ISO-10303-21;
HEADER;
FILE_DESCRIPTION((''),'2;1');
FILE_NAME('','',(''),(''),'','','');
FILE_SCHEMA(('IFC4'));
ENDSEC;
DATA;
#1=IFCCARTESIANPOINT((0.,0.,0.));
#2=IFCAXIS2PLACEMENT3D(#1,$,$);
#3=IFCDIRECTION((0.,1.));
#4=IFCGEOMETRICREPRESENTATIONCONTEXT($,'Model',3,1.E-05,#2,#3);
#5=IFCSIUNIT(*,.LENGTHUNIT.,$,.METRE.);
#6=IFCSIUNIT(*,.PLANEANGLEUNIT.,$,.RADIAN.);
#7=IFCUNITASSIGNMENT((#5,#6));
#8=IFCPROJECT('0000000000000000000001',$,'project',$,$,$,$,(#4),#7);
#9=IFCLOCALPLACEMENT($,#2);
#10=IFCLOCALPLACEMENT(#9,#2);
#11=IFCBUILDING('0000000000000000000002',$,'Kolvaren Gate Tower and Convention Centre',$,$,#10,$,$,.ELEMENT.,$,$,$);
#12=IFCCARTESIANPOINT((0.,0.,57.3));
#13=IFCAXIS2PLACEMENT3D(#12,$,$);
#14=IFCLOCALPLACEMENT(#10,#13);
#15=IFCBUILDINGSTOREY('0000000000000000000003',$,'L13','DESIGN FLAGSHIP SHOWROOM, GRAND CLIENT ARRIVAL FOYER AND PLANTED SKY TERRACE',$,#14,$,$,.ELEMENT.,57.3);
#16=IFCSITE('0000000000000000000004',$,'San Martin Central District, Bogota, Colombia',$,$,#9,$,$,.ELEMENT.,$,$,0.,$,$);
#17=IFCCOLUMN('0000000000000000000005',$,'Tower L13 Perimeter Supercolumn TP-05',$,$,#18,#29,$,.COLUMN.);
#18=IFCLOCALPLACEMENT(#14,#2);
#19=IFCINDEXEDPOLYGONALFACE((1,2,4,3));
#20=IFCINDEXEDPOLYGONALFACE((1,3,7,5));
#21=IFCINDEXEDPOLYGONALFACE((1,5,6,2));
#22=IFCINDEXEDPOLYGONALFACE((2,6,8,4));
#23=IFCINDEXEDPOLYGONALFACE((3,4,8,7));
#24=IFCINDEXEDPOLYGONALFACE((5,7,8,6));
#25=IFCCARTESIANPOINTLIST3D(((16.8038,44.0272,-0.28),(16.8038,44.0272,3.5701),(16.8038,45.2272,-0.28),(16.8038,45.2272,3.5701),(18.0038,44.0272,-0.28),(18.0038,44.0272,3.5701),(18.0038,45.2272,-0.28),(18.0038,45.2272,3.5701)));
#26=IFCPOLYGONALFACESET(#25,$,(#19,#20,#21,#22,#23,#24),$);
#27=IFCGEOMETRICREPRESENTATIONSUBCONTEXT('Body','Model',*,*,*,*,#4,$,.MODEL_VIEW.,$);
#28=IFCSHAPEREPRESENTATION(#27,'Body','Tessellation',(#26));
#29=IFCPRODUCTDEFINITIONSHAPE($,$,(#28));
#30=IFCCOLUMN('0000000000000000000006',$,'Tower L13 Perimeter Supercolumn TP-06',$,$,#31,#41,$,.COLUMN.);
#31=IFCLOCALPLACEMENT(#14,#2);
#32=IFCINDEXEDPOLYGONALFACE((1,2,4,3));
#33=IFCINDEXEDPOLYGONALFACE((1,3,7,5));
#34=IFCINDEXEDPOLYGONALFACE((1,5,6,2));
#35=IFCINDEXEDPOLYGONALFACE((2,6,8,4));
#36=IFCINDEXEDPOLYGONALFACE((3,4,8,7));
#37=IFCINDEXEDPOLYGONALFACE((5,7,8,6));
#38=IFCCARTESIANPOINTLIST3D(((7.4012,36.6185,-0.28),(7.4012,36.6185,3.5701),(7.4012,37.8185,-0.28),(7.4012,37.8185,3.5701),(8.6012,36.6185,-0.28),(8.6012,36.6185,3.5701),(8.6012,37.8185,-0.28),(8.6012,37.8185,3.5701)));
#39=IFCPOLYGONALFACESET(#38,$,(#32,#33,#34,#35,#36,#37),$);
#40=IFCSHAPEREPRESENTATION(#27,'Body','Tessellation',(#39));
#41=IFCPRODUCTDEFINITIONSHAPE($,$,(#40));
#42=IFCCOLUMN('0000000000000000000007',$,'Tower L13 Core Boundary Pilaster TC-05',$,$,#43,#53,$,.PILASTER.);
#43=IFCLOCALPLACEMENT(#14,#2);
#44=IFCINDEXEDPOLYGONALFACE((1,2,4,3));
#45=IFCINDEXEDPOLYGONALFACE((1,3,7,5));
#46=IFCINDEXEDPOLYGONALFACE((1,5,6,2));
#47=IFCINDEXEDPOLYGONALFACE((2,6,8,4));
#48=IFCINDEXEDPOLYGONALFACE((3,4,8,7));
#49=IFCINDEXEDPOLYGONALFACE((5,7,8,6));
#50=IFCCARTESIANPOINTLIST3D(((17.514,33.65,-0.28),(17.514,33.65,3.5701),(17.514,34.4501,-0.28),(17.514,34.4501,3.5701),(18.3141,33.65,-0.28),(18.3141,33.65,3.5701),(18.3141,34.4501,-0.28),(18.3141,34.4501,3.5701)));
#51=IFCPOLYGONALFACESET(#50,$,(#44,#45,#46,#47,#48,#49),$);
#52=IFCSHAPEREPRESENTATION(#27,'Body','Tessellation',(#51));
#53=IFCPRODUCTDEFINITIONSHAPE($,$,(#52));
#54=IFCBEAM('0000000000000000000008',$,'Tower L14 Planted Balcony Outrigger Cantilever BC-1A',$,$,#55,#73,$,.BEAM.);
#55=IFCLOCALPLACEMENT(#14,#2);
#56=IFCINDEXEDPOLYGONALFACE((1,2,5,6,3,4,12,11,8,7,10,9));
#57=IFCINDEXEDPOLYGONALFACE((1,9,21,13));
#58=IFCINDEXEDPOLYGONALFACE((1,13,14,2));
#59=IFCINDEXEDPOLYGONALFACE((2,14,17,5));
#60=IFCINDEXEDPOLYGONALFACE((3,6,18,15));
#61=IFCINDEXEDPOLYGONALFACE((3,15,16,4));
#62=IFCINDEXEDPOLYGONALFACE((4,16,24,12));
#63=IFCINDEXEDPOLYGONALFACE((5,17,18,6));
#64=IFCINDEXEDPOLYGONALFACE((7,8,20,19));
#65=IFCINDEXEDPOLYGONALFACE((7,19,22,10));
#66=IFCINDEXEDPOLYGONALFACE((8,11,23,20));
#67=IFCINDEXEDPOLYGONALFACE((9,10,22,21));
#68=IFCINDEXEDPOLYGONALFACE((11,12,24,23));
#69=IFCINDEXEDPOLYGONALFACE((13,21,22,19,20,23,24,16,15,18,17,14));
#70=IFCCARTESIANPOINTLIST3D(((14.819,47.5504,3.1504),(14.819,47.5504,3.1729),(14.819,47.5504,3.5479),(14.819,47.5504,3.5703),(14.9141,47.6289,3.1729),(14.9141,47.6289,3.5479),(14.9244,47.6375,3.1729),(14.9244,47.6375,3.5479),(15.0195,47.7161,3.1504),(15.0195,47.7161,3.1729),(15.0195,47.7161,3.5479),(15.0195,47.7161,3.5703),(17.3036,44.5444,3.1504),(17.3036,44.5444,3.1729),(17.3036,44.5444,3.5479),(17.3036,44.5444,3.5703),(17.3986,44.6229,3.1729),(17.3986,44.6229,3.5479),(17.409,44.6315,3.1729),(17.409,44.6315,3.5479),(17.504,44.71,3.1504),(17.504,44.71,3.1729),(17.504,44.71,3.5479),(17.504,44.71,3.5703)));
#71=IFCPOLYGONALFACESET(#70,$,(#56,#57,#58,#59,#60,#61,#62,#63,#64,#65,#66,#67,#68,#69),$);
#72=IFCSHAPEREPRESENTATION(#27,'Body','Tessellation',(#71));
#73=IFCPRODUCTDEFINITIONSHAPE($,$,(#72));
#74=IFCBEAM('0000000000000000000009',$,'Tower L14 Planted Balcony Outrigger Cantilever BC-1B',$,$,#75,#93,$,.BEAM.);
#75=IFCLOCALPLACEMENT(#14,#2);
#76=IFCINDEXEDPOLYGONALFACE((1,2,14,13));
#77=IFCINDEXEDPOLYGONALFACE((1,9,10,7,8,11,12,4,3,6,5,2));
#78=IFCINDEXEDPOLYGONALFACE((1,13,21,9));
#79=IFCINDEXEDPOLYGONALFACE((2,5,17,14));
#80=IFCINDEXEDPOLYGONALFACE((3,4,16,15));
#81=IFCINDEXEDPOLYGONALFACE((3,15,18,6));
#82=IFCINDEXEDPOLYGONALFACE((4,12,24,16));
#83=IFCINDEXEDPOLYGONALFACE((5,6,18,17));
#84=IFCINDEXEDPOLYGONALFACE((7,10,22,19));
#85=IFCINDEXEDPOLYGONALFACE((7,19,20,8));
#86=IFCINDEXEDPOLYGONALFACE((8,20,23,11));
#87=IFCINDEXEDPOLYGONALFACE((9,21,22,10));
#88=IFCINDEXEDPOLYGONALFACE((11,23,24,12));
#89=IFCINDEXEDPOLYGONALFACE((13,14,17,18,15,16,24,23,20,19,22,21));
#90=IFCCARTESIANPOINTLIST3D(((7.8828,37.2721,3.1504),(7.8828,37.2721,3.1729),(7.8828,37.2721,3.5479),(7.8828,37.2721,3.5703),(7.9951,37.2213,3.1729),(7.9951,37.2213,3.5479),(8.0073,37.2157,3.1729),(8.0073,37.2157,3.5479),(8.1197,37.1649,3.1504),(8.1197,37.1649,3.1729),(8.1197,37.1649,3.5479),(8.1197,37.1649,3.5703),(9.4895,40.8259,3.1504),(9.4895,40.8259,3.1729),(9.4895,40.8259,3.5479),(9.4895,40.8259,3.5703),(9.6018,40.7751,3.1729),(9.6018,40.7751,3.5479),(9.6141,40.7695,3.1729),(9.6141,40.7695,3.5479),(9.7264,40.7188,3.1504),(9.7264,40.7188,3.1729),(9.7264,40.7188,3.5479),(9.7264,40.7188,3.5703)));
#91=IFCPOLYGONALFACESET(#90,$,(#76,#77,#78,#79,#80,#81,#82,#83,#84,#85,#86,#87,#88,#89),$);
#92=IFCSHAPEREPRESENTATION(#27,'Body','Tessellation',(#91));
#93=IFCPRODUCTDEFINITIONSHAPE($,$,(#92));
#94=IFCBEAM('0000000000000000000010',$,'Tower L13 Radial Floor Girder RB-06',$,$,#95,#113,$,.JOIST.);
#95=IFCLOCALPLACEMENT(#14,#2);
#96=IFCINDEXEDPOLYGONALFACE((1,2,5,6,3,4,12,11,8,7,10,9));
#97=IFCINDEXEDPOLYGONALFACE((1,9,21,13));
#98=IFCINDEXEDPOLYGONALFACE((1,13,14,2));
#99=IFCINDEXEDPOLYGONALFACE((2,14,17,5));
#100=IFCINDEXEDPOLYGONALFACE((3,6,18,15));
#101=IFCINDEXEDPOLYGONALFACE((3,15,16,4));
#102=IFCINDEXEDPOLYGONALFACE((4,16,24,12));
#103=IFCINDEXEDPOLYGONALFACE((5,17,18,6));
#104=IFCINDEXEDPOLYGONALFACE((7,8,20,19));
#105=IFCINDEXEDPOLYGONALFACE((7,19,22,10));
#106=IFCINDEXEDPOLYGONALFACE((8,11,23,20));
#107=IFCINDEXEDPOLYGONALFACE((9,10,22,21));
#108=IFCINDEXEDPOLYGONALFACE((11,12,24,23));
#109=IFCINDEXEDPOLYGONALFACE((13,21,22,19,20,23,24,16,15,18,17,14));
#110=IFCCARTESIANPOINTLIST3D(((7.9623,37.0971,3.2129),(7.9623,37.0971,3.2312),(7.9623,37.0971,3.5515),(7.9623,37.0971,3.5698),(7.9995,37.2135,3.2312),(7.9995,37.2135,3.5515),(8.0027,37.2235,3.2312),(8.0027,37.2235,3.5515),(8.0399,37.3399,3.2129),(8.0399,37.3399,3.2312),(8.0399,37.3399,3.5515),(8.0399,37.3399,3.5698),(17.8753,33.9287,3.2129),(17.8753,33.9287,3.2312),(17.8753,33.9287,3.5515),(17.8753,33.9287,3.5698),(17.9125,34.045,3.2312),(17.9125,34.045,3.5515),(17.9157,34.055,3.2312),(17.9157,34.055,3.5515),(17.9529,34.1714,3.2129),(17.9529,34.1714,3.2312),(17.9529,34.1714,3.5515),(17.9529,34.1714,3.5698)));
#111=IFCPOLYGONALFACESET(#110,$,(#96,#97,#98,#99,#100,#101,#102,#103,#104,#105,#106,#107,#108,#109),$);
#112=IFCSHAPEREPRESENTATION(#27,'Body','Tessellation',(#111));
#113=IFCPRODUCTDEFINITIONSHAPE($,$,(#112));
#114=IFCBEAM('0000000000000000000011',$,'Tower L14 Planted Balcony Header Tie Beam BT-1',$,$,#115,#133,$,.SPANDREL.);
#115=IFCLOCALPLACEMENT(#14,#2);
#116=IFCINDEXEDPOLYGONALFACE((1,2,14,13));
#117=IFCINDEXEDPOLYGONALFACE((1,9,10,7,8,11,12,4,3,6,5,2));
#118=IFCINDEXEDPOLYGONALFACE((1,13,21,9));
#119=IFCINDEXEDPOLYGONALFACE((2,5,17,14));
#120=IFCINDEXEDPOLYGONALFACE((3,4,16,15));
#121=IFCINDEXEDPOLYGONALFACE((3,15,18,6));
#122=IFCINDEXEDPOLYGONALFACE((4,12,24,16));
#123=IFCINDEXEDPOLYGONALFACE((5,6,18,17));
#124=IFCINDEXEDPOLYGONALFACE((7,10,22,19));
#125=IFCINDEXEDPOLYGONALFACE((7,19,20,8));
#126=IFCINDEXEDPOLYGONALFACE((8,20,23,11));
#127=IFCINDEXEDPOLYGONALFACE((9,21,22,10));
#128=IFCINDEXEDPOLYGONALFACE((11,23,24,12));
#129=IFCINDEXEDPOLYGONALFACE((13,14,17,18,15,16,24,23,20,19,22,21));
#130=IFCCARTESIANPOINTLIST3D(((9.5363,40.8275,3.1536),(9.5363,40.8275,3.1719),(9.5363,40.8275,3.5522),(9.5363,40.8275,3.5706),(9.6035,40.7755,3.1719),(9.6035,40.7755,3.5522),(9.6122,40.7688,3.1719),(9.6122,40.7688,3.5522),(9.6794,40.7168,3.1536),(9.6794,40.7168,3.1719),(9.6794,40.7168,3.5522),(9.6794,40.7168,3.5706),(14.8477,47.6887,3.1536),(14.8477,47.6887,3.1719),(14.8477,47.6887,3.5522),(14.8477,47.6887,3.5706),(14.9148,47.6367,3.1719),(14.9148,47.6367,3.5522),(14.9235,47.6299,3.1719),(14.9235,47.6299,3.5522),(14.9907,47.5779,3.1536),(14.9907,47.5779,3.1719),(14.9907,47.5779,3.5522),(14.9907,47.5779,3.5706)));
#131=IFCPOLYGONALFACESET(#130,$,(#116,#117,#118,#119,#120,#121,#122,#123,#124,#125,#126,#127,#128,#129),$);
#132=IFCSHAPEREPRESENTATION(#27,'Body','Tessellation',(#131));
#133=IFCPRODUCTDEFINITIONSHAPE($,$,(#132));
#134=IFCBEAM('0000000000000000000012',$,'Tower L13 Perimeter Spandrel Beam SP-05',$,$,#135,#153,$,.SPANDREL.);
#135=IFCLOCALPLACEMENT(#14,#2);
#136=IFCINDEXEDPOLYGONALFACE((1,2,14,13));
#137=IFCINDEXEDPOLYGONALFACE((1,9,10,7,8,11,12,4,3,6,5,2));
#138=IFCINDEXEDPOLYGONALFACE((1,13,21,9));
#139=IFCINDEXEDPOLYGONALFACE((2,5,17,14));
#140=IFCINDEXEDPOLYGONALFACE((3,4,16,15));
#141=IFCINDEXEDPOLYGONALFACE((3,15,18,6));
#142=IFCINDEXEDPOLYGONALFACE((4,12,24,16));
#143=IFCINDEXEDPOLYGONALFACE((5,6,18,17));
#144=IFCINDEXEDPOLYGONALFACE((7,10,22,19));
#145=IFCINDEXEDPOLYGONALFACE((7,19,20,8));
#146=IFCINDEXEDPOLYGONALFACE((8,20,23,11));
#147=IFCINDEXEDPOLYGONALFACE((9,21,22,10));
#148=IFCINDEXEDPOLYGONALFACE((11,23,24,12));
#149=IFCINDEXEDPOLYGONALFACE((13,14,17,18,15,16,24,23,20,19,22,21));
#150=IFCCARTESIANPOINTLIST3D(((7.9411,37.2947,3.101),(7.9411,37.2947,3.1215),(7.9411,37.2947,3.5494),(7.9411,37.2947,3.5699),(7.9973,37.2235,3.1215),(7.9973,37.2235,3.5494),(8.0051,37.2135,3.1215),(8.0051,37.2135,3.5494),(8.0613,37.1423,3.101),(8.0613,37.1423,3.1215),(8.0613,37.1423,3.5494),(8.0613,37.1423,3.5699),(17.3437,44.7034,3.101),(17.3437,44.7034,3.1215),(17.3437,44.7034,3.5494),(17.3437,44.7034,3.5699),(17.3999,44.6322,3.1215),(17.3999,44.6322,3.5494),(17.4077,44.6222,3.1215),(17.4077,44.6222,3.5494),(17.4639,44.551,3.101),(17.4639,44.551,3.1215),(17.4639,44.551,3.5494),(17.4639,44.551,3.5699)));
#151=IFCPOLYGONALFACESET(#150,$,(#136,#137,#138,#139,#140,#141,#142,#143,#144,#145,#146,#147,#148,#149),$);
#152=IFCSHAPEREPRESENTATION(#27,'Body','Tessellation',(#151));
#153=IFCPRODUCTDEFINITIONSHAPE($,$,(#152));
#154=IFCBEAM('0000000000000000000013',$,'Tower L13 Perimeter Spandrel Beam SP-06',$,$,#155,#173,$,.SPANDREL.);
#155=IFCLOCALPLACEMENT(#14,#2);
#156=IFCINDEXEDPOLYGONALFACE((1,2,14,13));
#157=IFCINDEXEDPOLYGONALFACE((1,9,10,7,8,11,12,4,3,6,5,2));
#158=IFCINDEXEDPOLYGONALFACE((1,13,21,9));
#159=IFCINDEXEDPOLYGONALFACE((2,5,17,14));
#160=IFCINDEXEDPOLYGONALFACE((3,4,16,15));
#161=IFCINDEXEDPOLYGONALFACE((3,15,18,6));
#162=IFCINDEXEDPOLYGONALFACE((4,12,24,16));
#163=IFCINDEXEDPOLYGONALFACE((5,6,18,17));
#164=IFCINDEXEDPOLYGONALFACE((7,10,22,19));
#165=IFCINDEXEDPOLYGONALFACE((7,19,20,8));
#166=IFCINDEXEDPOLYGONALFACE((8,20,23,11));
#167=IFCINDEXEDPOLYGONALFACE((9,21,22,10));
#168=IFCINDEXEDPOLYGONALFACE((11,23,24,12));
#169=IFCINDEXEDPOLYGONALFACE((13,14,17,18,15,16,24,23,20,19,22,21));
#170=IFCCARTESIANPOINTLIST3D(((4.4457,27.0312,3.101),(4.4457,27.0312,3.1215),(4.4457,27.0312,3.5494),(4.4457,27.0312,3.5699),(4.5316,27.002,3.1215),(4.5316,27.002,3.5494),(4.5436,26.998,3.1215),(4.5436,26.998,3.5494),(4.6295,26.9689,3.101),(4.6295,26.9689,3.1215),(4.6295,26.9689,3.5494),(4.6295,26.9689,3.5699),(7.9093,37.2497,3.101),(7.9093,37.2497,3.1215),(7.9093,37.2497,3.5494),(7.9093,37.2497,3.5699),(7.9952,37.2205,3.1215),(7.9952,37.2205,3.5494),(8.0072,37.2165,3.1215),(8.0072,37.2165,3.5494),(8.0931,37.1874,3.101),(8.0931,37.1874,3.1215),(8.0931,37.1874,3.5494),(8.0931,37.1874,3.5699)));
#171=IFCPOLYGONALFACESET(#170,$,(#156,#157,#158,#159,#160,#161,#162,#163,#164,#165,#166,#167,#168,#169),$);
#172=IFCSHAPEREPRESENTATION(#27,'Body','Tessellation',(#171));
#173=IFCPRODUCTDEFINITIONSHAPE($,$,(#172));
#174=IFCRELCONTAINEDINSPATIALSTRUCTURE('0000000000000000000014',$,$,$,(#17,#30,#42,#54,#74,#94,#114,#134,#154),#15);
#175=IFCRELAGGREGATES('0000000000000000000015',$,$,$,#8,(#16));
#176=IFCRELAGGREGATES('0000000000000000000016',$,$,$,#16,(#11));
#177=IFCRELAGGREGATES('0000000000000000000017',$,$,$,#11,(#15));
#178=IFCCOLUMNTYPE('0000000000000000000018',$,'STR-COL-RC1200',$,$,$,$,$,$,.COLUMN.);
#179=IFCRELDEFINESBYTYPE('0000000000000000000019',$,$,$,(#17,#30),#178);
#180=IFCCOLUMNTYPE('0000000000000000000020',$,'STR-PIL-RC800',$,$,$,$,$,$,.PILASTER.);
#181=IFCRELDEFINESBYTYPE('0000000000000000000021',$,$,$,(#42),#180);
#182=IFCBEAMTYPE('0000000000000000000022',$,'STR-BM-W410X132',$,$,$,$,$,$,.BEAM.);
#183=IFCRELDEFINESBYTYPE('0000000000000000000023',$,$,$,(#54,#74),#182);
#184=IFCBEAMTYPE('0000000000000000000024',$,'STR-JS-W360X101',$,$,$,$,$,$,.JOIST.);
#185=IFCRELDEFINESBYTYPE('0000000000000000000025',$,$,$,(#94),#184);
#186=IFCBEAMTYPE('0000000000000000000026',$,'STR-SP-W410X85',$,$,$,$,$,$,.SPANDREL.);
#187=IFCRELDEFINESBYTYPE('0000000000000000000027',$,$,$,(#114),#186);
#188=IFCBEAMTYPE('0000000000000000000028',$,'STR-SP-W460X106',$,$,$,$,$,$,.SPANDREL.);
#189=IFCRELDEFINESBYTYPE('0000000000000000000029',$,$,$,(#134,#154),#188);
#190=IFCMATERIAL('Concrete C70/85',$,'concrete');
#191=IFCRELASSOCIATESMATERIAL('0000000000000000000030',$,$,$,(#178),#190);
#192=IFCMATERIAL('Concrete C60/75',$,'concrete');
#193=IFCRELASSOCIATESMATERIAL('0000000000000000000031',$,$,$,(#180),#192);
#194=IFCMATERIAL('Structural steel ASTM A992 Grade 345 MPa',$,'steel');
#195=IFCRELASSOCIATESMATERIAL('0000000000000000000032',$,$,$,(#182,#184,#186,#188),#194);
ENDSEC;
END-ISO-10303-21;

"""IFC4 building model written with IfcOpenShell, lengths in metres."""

from ifc_helpers import new_model, si_unit, direction, frame, origin, origin_2d, place, context, subcontext, project, spatial, rectangle, i_section, extrude, material, material_profile, profile_set, type_object, element, save


model = new_model("IFC4")

# Units and contexts
model_context = context("Model", 3, precision=1e-05, world=origin(), true_north=direction((0.0, 1.0)))
body_context = subcontext(model_context, "Body", "Model", "MODEL_VIEW")
ifc_project = project(units=[si_unit("LENGTHUNIT", "METRE"), si_unit("PLANEANGLEUNIT", "RADIAN")], contexts=[model_context])

# Site, building, storey
site_placement = place(None, origin())
site = spatial("IfcSite", under=ifc_project, at=site_placement, Name="San Martin Central District, Bogota, Colombia", CompositionType="ELEMENT", RefElevation=0.0)
building_placement = place(site_placement, origin())
building = spatial("IfcBuilding", under=site, at=building_placement, Name="Kolvaren Gate Tower and Convention Centre", CompositionType="ELEMENT")
storey_placement = place(building_placement, frame((0.0, 0.0, 57.3)))
storey = spatial("IfcBuildingStorey", under=building, at=storey_placement, Name="L13", Description="DESIGN FLAGSHIP SHOWROOM, GRAND CLIENT ARRIVAL FOYER AND PLANTED SKY TERRACE", CompositionType="ELEMENT", Elevation=57.3)

# Columns
ifc_material_1 = material(Name="Concrete C70/85", Category="concrete")
ifc_material_profile_1 = material_profile(ifc_material_1, rectangle(XDim=1.2, YDim=1.2, at=origin_2d()), Name="RC-COL-1200X1200")
ifc_profile_set_1 = profile_set([ifc_material_profile_1], Name="Concrete C70/85")
column_type_1 = type_object("IfcColumnType", Name="STR-COL-RC1200", PredefinedType="COLUMN", material=ifc_profile_set_1)
for number, where, z_axis, x_axis, name in (
    (1, (17.4038, 44.6272, -0.28), (0.0, 0.0, 1.0), (1.0, 0.0, 0.0), "Tower L13 Perimeter Supercolumn TP-05"),
    (2, (8.0012, 37.2185, -0.28), (0.0, 0.0, 1.0), (1.0, 0.0, 0.0), "Tower L13 Perimeter Supercolumn TP-06"),
):
    element("IfcColumn", number, at=place(storey_placement, frame(where, z_axis=z_axis, x_axis=x_axis)), inside=storey, type_object=column_type_1, Name=name, PredefinedType="COLUMN", context=body_context, shape_type="SweptSolid", body=[
        extrude(rectangle(XDim=1.2, YDim=1.2, at=origin_2d()), origin(), (0.0, 0.0, 1.0), 3.8501),
    ])
ifc_material_2 = material(Name="Concrete C60/75", Category="concrete")
ifc_material_profile_2 = material_profile(ifc_material_2, rectangle(XDim=0.8, YDim=0.8, at=origin_2d()), Name="RC-COL-800X800")
ifc_profile_set_2 = profile_set([ifc_material_profile_2], Name="Concrete C60/75")
column_type_2 = type_object("IfcColumnType", Name="STR-PIL-RC800", PredefinedType="PILASTER", material=ifc_profile_set_2)
column_placement = place(storey_placement, frame((17.9141, 34.05, -0.28), z_axis=(0.0, 0.0, 1.0), x_axis=(1.0, 0.0, 0.0)))
element("IfcColumn", 3, at=column_placement, inside=storey, type_object=column_type_2, Name="Tower L13 Core Boundary Pilaster TC-05", PredefinedType="PILASTER", context=body_context, shape_type="SweptSolid", body=[
    extrude(rectangle(XDim=0.8, YDim=0.8, at=origin_2d()), origin(), (0.0, 0.0, 1.0), 3.8501),
])

# Beams
ifc_material_3 = material(Name="Structural steel ASTM A992 Grade 345 MPa", Category="steel")
ifc_material_profile_3 = material_profile(ifc_material_3, i_section(OverallWidth=0.26, OverallDepth=0.4199, WebThickness=0.0134, FlangeThickness=0.0225, at=origin_2d()), Name="W410X132")
ifc_profile_set_3 = profile_set([ifc_material_profile_3], Name="Structural steel ASTM A992 Grade 345 MPa")
beam_type_1 = type_object("IfcBeamType", Name="STR-BM-W410X132", PredefinedType="BEAM", material=ifc_profile_set_3)
beam_1_placement = place(storey_placement, frame((17.4038, 44.6272, 3.3604), z_axis=(-0.637082, 0.770796, 0.0), x_axis=(-0.770796, -0.637082, 0.0)))
element("IfcBeam", 4, at=beam_1_placement, inside=storey, type_object=beam_type_1, Name="Tower L14 Planted Balcony Outrigger Cantilever BC-1A", PredefinedType="BEAM", context=body_context, shape_type="SweptSolid", body=[
    extrude(i_section(OverallWidth=0.26, OverallDepth=0.4199, WebThickness=0.0134, FlangeThickness=0.0225, at=origin_2d()), origin(), (0.0, 0.0, 1.0), 3.8999),
])
beam_2_placement = place(storey_placement, frame((8.0012, 37.2185, 3.3604), z_axis=(0.411967, 0.911199, 0.0), x_axis=(-0.911199, 0.411967, 0.0)))
element("IfcBeam", 5, at=beam_2_placement, inside=storey, type_object=beam_type_1, Name="Tower L14 Planted Balcony Outrigger Cantilever BC-1B", PredefinedType="BEAM", context=body_context, shape_type="SweptSolid", body=[
    extrude(i_section(OverallWidth=0.26, OverallDepth=0.4199, WebThickness=0.0134, FlangeThickness=0.0225, at=origin_2d()), origin(), (0.0, 0.0, 1.0), 3.9001),
])
ifc_material_profile_4 = material_profile(ifc_material_3, i_section(OverallWidth=0.2549, OverallDepth=0.3569, WebThickness=0.0105, FlangeThickness=0.0183, at=origin_2d()), Name="W360X101")
ifc_profile_set_4 = profile_set([ifc_material_profile_4], Name="Structural steel ASTM A992 Grade 345 MPa")
beam_type_2 = type_object("IfcBeamType", Name="STR-JS-W360X101", PredefinedType="JOIST", material=ifc_profile_set_4)
beam_3_placement = place(storey_placement, frame((17.9141, 34.05, 3.3914), z_axis=(-0.952526, 0.304457, 0.0), x_axis=(-0.304457, -0.952526, 0.0)))
element("IfcBeam", 6, at=beam_3_placement, inside=storey, type_object=beam_type_2, Name="Tower L13 Radial Floor Girder RB-06", PredefinedType="JOIST", context=body_context, shape_type="SweptSolid", body=[
    extrude(i_section(OverallWidth=0.2549, OverallDepth=0.3569, WebThickness=0.0105, FlangeThickness=0.0183, at=origin_2d()), origin(), (0.0, 0.0, 1.0), 10.407),
])
ifc_material_profile_5 = material_profile(ifc_material_3, i_section(OverallWidth=0.1809, OverallDepth=0.417, WebThickness=0.011, FlangeThickness=0.0183, at=origin_2d()), Name="W410X85")
ifc_profile_set_5 = profile_set([ifc_material_profile_5], Name="Structural steel ASTM A992 Grade 345 MPa")
beam_type_3 = type_object("IfcBeamType", Name="STR-SP-W410X85", PredefinedType="SPANDREL", material=ifc_profile_set_5)
beam_4_placement = place(storey_placement, frame((14.9192, 47.6333, 3.3621), z_axis=(-0.612135, -0.790753, 0.0), x_axis=(0.790753, -0.612135, 0.0)))
element("IfcBeam", 7, at=beam_4_placement, inside=storey, type_object=beam_type_3, Name="Tower L14 Planted Balcony Header Tie Beam BT-1", PredefinedType="SPANDREL", context=body_context, shape_type="SweptSolid", body=[
    extrude(i_section(OverallWidth=0.1809, OverallDepth=0.417, WebThickness=0.011, FlangeThickness=0.0183, at=origin_2d()), origin(), (0.0, 0.0, 1.0), 8.6768),
])
ifc_material_profile_6 = material_profile(ifc_material_3, i_section(OverallWidth=0.1941, OverallDepth=0.469, WebThickness=0.0127, FlangeThickness=0.0205, at=origin_2d()), Name="W460X106")
ifc_profile_set_6 = profile_set([ifc_material_profile_6], Name="Structural steel ASTM A992 Grade 345 MPa")
beam_type_4 = type_object("IfcBeamType", Name="STR-SP-W460X106", PredefinedType="SPANDREL", material=ifc_profile_set_6)
beam_5_placement = place(storey_placement, frame((17.4038, 44.6272, 3.3354), z_axis=(-0.785468, -0.618903, 0.0), x_axis=(0.618903, -0.785468, 0.0)))
element("IfcBeam", 8, at=beam_5_placement, inside=storey, type_object=beam_type_4, Name="Tower L13 Perimeter Spandrel Beam SP-05", PredefinedType="SPANDREL", context=body_context, shape_type="SweptSolid", body=[
    extrude(i_section(OverallWidth=0.1941, OverallDepth=0.469, WebThickness=0.0127, FlangeThickness=0.0205, at=origin_2d()), origin(), (0.0, 0.0, 1.0), 11.9707),
])
beam_6_placement = place(storey_placement, frame((8.0012, 37.2185, 3.3354), z_axis=(-0.321016, -0.947074, 0.0), x_axis=(0.947074, -0.321016, 0.0)))
element("IfcBeam", 9, at=beam_6_placement, inside=storey, type_object=beam_type_4, Name="Tower L13 Perimeter Spandrel Beam SP-06", PredefinedType="SPANDREL", context=body_context, shape_type="SweptSolid", body=[
    extrude(i_section(OverallWidth=0.1941, OverallDepth=0.469, WebThickness=0.0127, FlangeThickness=0.0205, at=origin_2d()), origin(), (0.0, 0.0, 1.0), 10.7896),
])

save(model, "model.ifc")
